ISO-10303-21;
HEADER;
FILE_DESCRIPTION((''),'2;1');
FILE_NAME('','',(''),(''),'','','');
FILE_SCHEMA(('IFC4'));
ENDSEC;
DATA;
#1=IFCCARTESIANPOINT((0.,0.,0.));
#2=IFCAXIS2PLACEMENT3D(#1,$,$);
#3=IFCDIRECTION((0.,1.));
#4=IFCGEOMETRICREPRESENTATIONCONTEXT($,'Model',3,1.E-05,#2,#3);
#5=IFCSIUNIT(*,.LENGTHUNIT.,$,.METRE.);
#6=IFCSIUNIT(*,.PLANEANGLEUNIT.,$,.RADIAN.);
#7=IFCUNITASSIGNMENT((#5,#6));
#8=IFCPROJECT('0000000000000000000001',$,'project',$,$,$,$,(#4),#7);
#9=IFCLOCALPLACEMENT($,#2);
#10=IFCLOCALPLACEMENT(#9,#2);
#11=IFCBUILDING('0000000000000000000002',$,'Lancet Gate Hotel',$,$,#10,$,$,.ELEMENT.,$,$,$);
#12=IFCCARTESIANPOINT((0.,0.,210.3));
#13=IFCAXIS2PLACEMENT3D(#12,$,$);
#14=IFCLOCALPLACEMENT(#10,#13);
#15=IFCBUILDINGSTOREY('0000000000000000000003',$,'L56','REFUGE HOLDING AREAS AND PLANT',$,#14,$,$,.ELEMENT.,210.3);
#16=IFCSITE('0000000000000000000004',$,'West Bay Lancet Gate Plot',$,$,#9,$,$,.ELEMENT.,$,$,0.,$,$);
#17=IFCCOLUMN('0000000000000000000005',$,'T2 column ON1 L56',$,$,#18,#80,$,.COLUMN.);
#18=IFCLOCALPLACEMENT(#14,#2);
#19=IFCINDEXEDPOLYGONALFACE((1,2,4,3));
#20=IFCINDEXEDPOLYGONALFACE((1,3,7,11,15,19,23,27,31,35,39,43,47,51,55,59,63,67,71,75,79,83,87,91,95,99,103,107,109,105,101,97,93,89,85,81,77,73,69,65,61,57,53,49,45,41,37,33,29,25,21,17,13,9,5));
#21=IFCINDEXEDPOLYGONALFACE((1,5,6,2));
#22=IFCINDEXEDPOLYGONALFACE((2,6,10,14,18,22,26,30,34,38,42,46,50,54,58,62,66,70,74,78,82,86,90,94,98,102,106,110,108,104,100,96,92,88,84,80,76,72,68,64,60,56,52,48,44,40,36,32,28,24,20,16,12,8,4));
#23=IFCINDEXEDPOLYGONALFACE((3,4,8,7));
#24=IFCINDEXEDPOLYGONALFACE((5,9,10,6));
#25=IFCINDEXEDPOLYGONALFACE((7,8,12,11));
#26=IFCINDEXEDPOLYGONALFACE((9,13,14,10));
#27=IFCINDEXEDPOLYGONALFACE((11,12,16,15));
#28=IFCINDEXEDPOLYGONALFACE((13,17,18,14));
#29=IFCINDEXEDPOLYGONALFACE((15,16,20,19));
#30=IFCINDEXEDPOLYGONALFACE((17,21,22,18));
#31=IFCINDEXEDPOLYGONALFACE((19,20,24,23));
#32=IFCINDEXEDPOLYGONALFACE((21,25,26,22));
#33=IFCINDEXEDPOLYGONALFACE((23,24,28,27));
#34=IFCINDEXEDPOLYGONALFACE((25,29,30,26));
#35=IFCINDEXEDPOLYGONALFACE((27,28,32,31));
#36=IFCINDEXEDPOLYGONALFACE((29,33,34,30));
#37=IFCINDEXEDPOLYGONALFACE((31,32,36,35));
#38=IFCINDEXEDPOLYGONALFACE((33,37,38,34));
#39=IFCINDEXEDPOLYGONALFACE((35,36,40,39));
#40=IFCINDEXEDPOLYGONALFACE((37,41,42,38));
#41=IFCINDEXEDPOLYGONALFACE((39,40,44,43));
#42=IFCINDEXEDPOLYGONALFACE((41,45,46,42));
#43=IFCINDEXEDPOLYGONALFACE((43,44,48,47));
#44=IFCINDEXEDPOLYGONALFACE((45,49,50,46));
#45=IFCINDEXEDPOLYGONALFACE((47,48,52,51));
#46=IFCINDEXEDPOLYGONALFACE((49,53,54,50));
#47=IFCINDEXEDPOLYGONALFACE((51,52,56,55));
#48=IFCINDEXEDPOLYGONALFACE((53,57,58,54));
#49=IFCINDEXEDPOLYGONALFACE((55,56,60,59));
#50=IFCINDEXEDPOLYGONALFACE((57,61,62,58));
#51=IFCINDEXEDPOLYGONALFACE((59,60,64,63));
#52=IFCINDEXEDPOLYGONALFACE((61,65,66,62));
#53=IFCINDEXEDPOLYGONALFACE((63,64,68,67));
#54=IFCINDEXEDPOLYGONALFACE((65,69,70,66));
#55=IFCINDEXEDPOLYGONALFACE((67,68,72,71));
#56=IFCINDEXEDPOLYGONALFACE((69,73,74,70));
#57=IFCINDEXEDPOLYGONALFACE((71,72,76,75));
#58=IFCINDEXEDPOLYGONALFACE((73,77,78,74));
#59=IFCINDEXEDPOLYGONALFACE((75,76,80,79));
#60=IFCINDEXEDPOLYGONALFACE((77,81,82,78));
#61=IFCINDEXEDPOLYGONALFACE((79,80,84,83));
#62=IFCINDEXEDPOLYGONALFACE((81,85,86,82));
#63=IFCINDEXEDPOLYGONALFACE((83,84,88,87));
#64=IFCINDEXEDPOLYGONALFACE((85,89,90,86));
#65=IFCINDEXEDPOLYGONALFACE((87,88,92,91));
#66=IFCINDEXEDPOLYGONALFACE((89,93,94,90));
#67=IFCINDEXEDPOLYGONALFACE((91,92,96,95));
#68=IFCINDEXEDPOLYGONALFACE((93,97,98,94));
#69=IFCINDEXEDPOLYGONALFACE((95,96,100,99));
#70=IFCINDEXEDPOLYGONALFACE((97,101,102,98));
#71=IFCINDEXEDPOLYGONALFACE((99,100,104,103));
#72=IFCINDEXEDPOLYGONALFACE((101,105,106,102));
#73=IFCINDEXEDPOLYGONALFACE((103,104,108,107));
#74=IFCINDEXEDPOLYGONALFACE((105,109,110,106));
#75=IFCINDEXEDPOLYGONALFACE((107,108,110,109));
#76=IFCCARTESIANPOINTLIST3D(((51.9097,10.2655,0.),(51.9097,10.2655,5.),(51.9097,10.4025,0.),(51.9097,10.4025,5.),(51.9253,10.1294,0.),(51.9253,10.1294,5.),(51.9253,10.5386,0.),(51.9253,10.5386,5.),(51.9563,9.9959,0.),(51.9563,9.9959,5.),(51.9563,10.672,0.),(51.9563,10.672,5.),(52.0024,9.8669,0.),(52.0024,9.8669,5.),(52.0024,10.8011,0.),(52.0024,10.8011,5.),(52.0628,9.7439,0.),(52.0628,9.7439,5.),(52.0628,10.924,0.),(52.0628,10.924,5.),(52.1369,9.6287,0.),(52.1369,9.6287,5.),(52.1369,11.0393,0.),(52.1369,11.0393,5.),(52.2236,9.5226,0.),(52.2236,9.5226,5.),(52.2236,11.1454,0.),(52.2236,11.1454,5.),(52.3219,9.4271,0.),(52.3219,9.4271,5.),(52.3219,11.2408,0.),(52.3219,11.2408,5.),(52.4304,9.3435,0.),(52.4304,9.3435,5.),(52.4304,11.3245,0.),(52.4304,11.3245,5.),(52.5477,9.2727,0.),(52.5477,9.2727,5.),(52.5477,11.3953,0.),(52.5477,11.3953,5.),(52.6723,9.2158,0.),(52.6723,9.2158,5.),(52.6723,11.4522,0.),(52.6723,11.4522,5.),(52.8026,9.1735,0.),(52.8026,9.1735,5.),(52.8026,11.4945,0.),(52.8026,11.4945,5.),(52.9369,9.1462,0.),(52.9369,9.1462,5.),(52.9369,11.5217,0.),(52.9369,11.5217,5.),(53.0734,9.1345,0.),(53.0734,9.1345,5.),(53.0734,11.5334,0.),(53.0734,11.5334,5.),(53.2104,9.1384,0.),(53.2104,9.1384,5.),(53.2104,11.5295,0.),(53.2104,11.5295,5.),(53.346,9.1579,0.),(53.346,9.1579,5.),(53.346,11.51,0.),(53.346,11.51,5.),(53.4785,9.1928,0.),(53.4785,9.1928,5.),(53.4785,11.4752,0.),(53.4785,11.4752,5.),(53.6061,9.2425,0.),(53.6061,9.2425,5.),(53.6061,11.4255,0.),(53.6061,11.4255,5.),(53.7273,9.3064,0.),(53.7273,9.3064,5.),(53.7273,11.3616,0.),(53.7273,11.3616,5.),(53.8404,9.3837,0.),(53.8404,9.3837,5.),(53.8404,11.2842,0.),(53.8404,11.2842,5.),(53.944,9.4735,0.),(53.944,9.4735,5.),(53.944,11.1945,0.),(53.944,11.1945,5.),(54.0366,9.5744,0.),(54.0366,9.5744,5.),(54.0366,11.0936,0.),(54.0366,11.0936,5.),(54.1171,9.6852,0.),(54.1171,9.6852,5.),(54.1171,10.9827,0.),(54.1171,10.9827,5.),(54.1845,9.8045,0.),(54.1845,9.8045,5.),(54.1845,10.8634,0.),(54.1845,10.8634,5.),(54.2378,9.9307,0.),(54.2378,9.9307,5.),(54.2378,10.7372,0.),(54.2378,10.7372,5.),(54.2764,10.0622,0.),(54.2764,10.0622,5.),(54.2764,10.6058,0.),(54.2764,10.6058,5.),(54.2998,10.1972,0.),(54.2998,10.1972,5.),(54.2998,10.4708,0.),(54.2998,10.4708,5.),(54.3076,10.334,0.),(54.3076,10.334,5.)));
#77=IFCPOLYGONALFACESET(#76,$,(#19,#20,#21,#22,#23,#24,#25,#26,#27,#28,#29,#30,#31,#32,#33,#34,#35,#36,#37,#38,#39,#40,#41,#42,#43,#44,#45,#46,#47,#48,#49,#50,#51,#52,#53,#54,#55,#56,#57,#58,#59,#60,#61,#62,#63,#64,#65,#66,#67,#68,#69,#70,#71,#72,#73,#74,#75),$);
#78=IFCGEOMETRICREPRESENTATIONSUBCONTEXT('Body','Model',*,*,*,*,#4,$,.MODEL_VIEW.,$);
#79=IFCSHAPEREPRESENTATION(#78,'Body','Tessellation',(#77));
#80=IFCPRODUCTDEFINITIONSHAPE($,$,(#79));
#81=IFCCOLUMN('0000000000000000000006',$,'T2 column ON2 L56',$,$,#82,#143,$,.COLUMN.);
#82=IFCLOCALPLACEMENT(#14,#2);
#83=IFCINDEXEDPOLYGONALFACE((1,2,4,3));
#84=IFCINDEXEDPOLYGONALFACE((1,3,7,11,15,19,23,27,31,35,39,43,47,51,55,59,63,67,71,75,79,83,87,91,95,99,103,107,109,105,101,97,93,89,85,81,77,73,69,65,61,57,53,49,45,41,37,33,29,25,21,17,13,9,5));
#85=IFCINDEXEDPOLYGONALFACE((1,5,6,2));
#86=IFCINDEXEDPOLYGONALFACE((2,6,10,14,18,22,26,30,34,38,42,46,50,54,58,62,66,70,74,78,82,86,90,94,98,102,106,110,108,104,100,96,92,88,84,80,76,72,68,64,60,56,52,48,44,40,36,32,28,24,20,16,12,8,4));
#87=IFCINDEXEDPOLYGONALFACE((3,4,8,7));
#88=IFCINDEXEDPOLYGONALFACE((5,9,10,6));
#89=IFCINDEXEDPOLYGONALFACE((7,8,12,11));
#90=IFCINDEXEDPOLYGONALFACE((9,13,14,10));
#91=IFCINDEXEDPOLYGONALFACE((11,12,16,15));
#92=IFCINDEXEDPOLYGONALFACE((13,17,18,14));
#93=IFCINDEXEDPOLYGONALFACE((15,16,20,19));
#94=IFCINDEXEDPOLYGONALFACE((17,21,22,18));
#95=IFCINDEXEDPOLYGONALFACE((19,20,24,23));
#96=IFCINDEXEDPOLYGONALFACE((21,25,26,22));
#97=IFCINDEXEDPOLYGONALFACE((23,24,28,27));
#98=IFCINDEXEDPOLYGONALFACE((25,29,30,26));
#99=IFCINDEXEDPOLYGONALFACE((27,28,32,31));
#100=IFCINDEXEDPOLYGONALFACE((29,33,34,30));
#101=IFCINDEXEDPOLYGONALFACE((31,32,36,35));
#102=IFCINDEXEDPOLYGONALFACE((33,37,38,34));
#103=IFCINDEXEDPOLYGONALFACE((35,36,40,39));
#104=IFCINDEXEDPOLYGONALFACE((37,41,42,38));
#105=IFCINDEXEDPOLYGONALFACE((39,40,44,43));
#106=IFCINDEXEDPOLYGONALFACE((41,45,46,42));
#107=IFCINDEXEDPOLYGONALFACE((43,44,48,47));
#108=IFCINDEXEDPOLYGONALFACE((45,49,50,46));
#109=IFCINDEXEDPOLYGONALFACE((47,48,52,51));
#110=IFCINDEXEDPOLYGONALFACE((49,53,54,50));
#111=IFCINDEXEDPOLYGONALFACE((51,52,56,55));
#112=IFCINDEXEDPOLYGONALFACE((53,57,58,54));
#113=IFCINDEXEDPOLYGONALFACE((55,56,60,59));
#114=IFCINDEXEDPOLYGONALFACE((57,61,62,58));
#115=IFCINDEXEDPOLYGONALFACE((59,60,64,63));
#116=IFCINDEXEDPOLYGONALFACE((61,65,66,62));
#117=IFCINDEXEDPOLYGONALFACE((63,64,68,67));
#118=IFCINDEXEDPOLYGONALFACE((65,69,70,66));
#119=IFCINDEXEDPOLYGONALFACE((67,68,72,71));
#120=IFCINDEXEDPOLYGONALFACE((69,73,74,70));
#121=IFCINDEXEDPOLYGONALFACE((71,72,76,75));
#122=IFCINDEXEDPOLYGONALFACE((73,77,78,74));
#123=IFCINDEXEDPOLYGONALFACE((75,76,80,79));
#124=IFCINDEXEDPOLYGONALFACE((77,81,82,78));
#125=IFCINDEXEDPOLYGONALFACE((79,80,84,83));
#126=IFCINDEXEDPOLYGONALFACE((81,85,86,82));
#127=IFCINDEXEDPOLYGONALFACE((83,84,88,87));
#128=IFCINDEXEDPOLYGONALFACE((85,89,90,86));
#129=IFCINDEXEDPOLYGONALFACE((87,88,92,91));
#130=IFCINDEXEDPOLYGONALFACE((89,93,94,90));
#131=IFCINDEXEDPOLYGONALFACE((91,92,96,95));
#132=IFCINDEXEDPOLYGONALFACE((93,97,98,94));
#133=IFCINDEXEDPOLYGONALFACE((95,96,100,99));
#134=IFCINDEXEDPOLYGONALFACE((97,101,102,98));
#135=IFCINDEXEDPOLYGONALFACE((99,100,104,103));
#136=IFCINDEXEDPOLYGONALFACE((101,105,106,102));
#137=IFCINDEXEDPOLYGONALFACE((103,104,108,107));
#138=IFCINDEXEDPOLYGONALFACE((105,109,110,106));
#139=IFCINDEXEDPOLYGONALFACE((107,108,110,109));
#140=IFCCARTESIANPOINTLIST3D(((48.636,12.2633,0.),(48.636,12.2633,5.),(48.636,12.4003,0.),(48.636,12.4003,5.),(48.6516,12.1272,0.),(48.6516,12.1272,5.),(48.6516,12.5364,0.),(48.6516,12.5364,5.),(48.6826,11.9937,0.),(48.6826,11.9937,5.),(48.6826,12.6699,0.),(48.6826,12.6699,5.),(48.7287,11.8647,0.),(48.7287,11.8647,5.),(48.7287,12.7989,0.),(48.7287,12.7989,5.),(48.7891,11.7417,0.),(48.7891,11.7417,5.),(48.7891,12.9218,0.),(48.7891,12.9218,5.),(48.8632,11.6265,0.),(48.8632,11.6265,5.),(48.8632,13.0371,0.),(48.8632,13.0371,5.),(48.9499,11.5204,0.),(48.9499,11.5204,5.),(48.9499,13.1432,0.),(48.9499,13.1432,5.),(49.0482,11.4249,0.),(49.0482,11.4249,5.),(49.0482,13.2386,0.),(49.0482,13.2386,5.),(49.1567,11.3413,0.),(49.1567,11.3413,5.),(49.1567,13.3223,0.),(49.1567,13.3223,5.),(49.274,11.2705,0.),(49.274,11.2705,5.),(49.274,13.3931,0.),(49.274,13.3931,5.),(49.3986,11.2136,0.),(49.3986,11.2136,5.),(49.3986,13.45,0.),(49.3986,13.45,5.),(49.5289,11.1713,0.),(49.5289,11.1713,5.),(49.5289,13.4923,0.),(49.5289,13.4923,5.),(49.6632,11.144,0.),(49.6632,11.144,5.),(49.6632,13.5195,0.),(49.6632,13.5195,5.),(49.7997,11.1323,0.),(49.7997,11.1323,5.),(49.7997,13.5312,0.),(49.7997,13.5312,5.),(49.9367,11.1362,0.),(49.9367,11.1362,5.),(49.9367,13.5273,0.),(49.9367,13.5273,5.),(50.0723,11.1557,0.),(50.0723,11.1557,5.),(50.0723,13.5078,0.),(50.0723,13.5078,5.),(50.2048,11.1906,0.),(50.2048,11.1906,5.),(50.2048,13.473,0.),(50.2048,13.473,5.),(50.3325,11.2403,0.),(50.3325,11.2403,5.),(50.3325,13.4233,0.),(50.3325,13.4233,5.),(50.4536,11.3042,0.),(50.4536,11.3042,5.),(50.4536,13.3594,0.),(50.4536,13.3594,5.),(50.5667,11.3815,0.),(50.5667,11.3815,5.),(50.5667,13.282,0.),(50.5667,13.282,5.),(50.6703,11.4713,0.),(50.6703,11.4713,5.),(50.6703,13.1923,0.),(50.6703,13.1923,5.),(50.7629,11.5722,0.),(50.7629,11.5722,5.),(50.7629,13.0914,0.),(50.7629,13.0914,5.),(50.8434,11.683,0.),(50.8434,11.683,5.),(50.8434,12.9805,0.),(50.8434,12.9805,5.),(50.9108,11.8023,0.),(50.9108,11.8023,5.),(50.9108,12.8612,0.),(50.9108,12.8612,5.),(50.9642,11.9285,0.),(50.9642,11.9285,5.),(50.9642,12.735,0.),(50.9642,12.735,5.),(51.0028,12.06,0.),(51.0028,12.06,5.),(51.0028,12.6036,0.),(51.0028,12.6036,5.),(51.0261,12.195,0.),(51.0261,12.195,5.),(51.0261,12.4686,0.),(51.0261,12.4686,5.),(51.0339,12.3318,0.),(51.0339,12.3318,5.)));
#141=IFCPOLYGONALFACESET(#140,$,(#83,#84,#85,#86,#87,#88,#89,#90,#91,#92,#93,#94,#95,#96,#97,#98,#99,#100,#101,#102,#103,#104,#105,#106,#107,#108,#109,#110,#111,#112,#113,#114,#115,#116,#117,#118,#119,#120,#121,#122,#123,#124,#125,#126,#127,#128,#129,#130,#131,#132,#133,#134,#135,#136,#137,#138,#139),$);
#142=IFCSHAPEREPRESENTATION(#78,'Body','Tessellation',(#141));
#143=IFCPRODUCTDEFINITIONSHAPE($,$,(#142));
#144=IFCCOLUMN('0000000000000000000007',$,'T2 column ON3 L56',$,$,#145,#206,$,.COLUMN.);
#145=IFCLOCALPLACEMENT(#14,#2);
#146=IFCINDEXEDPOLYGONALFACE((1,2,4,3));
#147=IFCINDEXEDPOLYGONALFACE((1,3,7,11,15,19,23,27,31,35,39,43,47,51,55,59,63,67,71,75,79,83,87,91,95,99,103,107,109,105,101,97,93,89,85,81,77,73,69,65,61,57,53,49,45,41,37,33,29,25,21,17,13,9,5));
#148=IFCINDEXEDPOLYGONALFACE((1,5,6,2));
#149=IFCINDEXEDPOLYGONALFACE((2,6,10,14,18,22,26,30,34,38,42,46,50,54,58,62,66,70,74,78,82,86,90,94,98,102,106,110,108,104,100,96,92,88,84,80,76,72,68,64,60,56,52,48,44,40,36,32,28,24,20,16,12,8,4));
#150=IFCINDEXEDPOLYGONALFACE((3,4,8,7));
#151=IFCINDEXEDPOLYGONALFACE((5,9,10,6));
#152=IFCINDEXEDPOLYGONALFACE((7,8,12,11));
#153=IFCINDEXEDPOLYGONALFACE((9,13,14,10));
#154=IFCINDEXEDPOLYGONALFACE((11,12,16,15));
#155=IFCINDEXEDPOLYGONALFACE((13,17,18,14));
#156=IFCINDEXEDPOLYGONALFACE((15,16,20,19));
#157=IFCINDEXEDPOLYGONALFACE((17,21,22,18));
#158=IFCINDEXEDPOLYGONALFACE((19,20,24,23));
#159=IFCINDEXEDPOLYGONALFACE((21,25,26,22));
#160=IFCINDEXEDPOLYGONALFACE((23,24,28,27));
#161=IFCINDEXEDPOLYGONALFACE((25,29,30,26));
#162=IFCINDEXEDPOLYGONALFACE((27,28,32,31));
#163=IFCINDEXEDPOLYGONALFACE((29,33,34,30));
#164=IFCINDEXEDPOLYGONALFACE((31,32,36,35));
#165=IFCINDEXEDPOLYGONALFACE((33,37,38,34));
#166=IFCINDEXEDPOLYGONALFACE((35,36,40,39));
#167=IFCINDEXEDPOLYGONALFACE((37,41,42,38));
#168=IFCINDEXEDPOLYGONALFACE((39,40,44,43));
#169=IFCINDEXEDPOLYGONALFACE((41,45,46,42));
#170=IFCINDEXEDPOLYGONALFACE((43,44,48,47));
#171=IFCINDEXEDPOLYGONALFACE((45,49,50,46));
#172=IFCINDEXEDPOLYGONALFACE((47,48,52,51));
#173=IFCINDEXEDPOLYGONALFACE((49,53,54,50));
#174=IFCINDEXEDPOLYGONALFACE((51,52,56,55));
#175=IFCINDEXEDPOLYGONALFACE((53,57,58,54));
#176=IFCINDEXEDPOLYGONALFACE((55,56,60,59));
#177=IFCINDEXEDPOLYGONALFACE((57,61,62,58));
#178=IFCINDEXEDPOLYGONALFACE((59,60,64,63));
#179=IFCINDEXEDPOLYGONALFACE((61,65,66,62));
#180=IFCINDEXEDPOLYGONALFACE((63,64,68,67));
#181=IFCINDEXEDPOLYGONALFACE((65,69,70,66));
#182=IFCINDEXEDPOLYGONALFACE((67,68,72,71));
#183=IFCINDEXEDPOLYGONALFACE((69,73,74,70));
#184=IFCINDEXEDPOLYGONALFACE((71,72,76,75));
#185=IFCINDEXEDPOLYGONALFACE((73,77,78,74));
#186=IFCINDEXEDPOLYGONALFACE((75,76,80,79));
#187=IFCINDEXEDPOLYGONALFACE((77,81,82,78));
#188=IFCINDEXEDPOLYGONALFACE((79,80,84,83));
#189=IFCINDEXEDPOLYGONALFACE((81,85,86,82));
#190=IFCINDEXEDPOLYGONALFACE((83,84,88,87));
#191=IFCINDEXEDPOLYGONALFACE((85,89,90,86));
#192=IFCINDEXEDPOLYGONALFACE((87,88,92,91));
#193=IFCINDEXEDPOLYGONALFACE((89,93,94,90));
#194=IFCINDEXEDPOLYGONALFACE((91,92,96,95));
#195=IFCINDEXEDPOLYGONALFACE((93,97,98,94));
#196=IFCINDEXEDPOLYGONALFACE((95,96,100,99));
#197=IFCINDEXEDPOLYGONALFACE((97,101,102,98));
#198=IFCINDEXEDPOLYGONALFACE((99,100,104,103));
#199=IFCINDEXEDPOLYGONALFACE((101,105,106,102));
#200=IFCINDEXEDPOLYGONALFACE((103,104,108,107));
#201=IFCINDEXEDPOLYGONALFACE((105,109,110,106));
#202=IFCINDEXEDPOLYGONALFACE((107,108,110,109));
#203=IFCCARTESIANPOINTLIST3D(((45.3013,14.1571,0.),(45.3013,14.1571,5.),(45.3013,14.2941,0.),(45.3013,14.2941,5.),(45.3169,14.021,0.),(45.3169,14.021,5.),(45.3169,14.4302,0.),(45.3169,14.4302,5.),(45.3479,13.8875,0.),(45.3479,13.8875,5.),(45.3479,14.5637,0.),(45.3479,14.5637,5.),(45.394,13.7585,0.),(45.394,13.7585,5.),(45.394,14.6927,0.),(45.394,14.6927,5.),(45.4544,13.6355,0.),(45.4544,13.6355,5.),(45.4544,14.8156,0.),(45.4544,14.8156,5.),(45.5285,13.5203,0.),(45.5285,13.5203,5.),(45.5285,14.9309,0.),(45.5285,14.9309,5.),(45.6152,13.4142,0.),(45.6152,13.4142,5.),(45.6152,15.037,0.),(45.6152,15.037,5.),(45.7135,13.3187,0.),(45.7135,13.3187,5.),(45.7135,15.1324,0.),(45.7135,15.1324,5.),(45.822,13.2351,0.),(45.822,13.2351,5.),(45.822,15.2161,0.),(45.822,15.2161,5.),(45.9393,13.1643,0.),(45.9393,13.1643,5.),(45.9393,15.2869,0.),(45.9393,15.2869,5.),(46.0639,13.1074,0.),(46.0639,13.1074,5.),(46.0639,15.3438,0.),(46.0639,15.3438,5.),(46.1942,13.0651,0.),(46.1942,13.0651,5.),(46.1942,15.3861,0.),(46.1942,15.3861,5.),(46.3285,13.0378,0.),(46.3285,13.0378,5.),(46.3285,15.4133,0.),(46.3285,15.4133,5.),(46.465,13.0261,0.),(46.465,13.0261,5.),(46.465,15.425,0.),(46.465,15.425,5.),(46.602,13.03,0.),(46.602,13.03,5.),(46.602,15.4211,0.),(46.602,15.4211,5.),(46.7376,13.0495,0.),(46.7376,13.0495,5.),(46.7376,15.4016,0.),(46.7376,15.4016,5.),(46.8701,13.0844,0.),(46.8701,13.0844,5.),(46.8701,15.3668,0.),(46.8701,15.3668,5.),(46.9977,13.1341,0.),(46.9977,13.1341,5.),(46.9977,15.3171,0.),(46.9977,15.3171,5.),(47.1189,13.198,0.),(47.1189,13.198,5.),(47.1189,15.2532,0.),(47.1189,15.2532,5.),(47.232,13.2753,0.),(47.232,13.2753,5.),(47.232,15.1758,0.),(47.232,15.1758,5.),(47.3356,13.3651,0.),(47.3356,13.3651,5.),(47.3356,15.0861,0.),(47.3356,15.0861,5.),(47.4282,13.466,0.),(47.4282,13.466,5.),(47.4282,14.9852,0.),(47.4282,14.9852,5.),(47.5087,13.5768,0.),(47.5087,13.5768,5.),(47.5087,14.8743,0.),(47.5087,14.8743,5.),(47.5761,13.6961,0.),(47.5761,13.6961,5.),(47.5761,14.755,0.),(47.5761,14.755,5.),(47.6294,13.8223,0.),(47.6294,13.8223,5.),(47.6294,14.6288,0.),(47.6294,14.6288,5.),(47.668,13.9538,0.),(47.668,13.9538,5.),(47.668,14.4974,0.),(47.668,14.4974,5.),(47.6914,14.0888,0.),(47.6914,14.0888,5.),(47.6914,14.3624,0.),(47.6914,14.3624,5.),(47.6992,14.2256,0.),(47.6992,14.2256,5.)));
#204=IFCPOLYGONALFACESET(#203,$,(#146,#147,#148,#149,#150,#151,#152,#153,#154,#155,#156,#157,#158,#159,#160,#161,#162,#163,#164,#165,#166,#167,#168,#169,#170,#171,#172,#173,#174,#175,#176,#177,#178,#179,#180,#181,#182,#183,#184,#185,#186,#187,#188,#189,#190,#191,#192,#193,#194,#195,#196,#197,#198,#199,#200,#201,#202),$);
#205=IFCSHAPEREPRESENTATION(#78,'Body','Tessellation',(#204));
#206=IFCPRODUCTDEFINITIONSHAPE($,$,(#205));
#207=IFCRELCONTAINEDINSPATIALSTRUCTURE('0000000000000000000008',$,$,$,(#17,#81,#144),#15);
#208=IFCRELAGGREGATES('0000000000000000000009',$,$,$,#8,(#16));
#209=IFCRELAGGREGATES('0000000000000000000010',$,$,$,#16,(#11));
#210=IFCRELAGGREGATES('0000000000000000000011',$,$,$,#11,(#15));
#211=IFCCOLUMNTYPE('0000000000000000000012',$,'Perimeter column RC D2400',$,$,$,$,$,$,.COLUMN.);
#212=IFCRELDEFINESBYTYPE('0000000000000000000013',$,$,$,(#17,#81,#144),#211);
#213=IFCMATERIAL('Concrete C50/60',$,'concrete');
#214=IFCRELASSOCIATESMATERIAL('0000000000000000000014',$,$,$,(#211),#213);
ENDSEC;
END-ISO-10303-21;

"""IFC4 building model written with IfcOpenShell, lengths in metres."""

from ifc_helpers import new_model, si_unit, direction, frame, origin, origin_2d, place, context, subcontext, project, spatial, circle, extrude, material, material_profile, profile_set, type_object, element, save


model = new_model("IFC4")

# Units and contexts
model_context = context("Model", 3, precision=1e-05, world=origin(), true_north=direction((0.0, 1.0)))
body_context = subcontext(model_context, "Body", "Model", "MODEL_VIEW")
ifc_project = project(units=[si_unit("LENGTHUNIT", "METRE"), si_unit("PLANEANGLEUNIT", "RADIAN")], contexts=[model_context])

# Site, building, storey
site_placement = place(None, origin())
site = spatial("IfcSite", under=ifc_project, at=site_placement, Name="West Bay Lancet Gate Plot", CompositionType="ELEMENT", RefElevation=0.0)
building_placement = place(site_placement, origin())
building = spatial("IfcBuilding", under=site, at=building_placement, Name="Lancet Gate Hotel", CompositionType="ELEMENT")
storey_placement = place(building_placement, frame((0.0, 0.0, 210.3)))
storey = spatial("IfcBuildingStorey", under=building, at=storey_placement, Name="L56", Description="REFUGE HOLDING AREAS AND PLANT", CompositionType="ELEMENT", Elevation=210.3)

# Columns
ifc_material_1 = material(Name="Concrete C50/60", Category="concrete")
ifc_material_profile_1 = material_profile(ifc_material_1, circle(Radius=1.2, at=origin_2d()), Name="RC D2400")
ifc_profile_set_1 = profile_set([ifc_material_profile_1], Name="Concrete C50/60")
column_type = type_object("IfcColumnType", Name="Perimeter column RC D2400", PredefinedType="COLUMN", material=ifc_profile_set_1)
for number, where, z_axis, x_axis, name in (
    (1, (53.1077, 10.334, 0.0), (0.0, 0.0, 1.0), (1.0, 0.0, 0.0), "T2 column ON1 L56"),
    (2, (49.834, 12.3318, 0.0), (0.0, 0.0, 1.0), (1.0, 0.0, 0.0), "T2 column ON2 L56"),
    (3, (46.4993, 14.2256, 0.0), (0.0, 0.0, 1.0), (1.0, 0.0, 0.0), "T2 column ON3 L56"),
):
    element("IfcColumn", number, at=place(storey_placement, frame(where, z_axis=z_axis, x_axis=x_axis)), inside=storey, type_object=column_type, Name=name, PredefinedType="COLUMN", context=body_context, shape_type="SweptSolid", body=[
        extrude(circle(Radius=1.2, at=origin_2d()), origin(), (0.0, 0.0, 1.0), 5.0),
    ])

save(model, "model.ifc")
